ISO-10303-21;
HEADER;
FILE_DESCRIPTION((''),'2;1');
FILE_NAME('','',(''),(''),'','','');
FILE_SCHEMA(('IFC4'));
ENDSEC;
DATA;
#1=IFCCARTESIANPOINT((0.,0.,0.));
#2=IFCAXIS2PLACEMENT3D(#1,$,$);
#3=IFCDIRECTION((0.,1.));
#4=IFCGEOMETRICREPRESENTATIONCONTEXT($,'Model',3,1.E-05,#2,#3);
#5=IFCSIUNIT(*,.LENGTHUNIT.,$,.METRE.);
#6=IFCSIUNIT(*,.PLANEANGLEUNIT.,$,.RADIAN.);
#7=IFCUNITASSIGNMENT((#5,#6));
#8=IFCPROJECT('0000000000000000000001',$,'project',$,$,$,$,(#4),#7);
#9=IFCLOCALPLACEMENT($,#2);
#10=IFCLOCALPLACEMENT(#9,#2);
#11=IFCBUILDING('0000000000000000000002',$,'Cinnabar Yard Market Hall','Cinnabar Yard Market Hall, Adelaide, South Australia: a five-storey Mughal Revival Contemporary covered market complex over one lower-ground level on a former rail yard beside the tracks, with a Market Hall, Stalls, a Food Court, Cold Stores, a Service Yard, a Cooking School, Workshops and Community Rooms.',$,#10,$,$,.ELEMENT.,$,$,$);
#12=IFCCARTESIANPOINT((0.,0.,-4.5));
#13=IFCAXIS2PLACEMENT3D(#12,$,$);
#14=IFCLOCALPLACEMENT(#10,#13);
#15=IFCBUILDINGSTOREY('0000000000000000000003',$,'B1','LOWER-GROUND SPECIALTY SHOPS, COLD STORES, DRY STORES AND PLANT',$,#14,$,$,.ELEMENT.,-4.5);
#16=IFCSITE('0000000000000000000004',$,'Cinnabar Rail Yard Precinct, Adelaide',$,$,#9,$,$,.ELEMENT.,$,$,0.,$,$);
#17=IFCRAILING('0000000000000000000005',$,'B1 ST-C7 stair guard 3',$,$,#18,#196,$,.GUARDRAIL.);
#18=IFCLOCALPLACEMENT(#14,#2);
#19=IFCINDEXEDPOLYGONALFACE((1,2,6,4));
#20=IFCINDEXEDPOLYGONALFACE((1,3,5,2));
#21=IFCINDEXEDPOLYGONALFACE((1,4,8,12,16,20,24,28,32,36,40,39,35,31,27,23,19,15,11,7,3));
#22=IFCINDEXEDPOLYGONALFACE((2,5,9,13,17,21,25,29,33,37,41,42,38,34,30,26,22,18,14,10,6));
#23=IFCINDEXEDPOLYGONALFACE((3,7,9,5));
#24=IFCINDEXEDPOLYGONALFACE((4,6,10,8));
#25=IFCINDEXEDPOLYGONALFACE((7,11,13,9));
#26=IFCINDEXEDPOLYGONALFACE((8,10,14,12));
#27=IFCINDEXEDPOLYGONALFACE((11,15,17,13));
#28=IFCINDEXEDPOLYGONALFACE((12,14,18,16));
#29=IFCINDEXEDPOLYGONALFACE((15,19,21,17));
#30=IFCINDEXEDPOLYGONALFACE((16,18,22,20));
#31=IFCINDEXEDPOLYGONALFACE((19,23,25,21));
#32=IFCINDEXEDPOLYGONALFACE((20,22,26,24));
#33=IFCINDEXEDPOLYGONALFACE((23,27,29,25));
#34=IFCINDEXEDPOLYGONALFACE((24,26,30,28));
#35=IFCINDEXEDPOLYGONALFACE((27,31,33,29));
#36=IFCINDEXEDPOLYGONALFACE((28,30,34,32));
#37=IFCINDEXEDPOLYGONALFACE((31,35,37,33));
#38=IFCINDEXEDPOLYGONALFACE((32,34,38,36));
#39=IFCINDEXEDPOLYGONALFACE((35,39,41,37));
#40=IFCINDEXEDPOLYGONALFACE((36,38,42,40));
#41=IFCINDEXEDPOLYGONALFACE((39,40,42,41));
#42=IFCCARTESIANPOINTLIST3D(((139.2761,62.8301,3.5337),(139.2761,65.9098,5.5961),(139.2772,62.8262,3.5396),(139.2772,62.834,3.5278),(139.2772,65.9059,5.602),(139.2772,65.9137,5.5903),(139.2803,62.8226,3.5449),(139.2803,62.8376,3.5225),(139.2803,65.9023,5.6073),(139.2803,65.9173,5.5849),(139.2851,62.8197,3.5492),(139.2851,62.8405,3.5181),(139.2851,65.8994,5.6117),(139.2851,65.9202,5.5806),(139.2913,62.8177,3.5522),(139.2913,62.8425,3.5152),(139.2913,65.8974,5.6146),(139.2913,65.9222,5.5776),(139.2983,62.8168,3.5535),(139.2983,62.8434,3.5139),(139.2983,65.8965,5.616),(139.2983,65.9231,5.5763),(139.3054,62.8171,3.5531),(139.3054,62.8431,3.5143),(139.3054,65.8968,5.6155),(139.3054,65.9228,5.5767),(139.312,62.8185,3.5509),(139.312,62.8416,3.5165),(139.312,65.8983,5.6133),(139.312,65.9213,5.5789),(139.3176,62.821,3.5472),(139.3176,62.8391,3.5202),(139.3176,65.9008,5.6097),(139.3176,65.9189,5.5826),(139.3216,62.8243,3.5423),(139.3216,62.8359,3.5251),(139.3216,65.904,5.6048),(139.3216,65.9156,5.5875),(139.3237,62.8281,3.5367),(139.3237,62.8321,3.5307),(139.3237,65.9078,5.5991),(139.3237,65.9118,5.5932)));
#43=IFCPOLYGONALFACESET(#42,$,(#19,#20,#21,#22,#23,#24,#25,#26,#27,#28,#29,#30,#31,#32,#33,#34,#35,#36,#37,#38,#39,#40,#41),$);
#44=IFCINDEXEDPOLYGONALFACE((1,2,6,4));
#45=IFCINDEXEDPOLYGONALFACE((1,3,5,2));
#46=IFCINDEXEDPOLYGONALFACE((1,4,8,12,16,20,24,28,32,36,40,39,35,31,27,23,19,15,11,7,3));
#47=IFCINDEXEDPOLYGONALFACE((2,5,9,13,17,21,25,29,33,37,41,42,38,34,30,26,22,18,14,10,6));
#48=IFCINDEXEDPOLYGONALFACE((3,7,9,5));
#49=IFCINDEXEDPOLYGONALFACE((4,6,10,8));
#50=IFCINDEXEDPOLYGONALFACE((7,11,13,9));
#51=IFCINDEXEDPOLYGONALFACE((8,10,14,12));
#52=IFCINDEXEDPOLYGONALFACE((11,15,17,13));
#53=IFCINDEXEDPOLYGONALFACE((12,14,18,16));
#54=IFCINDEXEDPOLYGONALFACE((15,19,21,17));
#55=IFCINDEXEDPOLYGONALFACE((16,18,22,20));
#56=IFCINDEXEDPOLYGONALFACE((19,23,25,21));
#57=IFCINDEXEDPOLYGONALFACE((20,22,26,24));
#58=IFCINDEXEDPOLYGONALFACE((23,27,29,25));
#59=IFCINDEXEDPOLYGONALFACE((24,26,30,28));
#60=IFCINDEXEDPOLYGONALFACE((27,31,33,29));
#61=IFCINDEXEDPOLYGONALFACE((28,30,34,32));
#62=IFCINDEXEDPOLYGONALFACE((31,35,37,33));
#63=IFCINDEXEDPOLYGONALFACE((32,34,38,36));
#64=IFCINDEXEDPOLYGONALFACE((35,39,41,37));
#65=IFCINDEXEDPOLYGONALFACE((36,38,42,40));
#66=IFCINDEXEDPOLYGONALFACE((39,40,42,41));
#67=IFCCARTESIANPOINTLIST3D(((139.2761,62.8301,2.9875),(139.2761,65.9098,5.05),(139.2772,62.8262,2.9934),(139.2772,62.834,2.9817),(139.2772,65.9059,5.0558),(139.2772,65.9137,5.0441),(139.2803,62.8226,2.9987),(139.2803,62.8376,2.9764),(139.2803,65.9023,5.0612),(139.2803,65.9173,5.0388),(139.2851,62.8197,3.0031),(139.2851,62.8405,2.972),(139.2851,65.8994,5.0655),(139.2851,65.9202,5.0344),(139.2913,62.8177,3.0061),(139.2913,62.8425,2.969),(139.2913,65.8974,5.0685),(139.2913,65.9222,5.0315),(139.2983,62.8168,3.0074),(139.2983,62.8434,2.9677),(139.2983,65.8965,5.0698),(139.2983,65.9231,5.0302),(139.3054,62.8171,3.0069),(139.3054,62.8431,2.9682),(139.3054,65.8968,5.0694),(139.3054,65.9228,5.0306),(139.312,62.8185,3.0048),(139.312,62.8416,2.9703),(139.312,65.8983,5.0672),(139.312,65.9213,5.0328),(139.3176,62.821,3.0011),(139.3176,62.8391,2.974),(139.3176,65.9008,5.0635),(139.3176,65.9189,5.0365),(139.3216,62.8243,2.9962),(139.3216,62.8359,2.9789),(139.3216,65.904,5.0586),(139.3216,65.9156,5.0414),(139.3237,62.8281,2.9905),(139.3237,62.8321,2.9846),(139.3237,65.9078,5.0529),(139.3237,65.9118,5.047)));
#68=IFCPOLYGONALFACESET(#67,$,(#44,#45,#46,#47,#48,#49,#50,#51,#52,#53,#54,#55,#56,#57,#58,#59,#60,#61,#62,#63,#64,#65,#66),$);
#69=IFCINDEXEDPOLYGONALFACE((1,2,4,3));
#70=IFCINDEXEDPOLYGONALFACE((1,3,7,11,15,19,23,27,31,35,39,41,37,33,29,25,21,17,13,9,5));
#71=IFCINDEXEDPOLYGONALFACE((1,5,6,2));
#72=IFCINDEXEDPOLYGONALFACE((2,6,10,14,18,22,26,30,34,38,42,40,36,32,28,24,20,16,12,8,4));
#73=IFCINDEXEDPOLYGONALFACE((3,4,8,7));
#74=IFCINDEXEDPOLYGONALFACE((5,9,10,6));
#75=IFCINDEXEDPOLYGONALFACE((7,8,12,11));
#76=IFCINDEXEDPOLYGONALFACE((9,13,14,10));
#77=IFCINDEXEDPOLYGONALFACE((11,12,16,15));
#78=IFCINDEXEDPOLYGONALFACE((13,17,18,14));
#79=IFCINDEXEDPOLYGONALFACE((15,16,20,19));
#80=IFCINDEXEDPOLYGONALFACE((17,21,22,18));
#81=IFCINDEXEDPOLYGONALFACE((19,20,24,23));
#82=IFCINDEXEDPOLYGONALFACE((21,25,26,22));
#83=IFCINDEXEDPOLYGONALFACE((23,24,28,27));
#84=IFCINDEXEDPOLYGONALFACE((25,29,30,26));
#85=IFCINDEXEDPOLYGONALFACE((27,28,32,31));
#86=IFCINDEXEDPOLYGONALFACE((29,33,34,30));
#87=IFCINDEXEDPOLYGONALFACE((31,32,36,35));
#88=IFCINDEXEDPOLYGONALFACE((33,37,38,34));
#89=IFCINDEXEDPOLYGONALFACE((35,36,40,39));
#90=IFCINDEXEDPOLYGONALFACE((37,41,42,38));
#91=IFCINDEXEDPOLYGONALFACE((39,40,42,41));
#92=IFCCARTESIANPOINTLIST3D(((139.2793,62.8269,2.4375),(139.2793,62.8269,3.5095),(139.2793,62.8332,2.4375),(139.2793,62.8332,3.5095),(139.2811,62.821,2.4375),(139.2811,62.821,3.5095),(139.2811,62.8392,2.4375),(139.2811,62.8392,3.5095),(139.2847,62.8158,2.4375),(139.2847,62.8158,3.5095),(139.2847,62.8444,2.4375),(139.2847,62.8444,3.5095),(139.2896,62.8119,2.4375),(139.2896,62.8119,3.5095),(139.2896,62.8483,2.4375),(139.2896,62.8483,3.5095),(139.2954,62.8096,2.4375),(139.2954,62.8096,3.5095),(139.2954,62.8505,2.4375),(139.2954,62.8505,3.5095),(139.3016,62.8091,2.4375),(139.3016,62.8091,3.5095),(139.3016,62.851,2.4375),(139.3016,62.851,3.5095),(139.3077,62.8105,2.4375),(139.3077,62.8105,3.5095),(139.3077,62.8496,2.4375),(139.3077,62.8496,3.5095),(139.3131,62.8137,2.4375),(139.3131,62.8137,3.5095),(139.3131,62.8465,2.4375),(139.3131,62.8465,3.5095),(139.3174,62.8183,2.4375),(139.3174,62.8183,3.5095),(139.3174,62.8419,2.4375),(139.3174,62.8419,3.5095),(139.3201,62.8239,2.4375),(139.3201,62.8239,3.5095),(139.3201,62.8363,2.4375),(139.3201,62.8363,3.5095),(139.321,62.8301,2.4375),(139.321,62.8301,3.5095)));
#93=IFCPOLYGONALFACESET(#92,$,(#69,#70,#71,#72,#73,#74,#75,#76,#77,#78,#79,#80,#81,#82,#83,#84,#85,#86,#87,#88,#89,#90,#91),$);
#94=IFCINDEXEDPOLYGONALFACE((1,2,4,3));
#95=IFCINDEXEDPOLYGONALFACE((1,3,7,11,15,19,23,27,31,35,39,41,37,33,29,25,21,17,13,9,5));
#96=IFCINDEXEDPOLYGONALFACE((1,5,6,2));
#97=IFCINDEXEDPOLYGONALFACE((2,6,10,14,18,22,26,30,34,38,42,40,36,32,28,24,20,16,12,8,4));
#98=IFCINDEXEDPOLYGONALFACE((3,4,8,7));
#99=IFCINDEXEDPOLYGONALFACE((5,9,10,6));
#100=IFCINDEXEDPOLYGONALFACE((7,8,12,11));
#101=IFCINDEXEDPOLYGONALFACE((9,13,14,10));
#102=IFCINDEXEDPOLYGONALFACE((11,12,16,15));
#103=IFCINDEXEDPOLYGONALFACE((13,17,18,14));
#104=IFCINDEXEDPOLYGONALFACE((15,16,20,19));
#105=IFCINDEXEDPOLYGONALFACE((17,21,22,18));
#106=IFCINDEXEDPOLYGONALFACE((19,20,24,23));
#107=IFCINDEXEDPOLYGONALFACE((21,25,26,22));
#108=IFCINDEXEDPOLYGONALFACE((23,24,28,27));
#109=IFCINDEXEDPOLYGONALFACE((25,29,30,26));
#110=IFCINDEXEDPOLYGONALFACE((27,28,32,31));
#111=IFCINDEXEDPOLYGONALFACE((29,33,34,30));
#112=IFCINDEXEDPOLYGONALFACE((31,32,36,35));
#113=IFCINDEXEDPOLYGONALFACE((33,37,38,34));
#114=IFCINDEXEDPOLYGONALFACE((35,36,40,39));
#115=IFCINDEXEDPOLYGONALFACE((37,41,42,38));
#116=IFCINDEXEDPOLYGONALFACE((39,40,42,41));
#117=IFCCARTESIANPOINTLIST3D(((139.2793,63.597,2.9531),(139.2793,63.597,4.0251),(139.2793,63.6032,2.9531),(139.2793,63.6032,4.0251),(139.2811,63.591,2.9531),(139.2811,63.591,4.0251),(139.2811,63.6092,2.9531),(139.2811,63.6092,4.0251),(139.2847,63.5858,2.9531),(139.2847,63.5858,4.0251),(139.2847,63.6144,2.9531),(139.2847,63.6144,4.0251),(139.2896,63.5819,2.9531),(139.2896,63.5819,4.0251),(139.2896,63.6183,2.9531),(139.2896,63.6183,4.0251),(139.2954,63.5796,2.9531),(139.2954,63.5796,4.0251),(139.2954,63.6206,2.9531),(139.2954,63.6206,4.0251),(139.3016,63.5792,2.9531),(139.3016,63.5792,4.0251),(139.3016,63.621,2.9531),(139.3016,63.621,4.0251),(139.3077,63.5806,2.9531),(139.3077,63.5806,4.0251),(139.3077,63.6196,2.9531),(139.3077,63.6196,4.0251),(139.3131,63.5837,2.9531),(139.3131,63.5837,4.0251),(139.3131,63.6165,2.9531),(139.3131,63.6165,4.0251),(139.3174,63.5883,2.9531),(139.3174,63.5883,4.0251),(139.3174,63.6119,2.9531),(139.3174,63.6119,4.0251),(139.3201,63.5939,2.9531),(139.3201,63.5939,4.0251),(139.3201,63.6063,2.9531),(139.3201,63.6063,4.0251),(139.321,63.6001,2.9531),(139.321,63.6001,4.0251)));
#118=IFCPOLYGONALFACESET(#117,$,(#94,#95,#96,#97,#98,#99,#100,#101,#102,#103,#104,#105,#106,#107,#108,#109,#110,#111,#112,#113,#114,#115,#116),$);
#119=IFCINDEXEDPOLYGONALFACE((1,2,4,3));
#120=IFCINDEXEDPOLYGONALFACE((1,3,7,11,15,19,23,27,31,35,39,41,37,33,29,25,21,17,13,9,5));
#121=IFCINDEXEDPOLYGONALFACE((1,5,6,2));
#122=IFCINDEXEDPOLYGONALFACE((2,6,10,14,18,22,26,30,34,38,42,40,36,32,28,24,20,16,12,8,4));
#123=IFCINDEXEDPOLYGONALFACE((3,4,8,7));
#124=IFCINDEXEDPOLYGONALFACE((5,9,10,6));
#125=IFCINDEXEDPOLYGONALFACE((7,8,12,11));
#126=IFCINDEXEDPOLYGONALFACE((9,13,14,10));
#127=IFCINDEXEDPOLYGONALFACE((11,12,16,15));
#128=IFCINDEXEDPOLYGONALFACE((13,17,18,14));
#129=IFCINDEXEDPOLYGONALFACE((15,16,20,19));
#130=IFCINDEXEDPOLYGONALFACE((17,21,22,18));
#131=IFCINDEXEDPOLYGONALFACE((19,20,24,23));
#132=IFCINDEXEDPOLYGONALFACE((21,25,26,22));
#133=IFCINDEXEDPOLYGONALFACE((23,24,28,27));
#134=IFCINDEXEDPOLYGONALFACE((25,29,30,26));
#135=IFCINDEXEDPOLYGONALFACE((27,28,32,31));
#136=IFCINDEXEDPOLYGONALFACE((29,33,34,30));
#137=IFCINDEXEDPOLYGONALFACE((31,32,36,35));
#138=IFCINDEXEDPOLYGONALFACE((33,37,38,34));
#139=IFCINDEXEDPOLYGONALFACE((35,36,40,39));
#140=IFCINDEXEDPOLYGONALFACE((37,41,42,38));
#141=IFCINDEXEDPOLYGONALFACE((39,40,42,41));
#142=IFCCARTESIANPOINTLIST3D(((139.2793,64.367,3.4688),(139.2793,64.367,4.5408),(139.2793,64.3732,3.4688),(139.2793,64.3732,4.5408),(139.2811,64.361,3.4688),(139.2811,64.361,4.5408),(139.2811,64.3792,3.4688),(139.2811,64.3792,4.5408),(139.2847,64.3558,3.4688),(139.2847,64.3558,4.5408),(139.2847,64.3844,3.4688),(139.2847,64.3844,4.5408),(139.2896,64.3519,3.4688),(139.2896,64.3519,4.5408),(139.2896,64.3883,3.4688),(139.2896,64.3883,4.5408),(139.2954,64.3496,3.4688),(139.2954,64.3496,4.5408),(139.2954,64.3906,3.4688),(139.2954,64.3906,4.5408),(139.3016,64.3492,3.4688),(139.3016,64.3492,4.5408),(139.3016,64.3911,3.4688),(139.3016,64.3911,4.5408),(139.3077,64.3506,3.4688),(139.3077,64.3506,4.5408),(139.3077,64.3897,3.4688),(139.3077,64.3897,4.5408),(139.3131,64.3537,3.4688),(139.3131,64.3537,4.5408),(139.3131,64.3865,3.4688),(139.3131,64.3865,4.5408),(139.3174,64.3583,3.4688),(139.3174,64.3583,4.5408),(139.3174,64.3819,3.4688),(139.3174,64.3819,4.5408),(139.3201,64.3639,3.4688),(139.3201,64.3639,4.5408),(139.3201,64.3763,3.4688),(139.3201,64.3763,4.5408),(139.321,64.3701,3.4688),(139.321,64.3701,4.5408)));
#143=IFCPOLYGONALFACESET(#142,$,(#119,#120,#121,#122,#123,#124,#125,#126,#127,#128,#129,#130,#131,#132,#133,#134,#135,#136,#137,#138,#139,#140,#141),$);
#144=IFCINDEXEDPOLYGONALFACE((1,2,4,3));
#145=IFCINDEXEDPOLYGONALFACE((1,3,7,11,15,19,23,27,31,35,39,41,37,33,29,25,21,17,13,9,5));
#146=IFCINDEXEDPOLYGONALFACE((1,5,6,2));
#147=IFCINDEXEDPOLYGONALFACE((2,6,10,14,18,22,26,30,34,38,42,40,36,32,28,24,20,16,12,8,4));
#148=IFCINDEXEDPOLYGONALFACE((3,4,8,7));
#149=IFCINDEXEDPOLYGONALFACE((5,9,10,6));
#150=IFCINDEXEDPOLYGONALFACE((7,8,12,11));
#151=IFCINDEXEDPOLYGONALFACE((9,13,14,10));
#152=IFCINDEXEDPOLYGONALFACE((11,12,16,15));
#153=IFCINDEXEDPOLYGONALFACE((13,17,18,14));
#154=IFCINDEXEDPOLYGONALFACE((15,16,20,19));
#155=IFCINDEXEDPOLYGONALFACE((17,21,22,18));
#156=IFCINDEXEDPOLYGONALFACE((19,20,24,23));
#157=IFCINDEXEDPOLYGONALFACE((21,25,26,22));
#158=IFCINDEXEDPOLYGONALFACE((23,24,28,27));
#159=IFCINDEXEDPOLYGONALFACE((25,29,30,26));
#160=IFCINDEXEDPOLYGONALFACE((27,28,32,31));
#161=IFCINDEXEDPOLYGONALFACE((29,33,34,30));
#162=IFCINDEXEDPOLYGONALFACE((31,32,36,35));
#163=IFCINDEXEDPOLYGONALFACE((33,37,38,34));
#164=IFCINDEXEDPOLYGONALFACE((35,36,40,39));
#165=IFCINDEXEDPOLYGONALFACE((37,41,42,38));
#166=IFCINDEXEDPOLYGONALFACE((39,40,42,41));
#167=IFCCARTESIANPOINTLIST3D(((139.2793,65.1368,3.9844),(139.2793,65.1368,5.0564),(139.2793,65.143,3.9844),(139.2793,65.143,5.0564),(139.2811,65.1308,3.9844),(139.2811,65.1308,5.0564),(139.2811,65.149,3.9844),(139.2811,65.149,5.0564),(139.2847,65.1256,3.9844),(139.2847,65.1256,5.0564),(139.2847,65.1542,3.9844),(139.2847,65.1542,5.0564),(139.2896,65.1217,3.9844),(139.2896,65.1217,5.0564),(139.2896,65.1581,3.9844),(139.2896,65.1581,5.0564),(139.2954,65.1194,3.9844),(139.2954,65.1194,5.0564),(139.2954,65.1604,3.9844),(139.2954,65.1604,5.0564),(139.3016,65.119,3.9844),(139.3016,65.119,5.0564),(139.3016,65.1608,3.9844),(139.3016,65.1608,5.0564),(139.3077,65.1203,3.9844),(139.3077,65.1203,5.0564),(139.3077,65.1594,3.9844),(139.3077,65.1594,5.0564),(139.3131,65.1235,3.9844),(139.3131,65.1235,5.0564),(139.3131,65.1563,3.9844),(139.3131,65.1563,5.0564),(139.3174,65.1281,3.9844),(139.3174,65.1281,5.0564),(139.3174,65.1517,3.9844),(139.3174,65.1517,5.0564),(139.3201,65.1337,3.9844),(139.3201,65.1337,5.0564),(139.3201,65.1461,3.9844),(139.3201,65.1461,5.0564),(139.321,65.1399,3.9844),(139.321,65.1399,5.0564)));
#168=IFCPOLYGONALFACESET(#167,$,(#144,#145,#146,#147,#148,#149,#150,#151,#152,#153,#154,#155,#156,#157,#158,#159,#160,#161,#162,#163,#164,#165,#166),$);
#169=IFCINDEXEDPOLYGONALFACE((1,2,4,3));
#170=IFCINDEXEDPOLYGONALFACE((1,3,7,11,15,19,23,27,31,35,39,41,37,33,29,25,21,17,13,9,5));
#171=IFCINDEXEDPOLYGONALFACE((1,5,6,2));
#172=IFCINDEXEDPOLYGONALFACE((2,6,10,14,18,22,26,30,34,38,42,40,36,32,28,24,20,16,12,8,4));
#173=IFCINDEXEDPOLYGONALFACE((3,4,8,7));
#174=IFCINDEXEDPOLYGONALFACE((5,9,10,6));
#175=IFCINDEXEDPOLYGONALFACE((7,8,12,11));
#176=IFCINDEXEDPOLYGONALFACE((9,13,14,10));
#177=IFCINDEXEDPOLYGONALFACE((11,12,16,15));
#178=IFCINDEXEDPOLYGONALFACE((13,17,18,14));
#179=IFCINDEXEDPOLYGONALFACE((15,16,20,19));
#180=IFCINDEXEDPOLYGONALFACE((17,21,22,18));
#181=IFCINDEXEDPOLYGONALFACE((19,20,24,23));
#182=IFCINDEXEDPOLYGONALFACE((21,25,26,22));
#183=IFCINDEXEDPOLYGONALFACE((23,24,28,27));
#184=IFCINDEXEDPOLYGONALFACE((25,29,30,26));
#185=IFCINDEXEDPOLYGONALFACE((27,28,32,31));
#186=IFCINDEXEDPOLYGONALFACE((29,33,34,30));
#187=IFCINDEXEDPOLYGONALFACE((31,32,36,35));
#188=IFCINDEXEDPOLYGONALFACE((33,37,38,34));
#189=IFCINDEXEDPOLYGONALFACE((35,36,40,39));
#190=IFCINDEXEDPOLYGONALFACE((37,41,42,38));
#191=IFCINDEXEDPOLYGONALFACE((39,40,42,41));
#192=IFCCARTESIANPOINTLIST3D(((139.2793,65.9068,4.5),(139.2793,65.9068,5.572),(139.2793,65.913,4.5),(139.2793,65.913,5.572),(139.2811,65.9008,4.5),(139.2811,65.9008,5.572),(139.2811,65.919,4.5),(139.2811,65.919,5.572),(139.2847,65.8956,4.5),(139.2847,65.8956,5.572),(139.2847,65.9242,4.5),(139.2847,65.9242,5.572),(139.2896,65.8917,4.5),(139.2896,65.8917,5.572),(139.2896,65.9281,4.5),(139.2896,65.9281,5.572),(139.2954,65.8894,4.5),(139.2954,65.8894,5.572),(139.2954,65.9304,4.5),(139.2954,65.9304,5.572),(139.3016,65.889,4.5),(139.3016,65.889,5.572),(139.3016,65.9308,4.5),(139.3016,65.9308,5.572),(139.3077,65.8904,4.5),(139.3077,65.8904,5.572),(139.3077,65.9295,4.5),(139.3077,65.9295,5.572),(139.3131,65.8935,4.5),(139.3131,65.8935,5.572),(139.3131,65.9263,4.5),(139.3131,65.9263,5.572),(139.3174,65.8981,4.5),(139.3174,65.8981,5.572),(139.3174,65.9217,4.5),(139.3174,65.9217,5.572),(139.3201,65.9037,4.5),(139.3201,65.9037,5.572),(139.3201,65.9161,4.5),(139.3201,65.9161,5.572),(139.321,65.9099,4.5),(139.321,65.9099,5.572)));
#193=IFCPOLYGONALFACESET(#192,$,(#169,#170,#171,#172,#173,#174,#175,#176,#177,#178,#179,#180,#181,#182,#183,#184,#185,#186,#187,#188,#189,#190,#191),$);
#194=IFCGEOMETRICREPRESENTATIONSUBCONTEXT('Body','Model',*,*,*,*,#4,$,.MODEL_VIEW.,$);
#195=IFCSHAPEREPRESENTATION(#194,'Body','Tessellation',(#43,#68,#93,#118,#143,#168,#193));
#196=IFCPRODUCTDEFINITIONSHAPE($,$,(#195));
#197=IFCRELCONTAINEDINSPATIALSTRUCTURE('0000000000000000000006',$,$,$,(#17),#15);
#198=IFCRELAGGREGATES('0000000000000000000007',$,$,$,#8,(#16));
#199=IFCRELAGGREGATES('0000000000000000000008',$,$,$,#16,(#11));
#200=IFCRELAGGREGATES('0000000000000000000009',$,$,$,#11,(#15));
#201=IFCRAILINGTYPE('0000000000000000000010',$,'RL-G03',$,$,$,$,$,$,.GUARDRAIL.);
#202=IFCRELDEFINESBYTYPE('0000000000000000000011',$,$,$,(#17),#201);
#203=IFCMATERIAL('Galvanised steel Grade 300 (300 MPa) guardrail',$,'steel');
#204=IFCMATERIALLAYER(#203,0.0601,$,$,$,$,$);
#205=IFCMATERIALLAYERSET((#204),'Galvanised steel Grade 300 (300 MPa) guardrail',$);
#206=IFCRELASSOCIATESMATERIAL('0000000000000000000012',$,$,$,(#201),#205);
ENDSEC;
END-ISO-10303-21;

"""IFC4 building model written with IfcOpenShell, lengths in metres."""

from ifc_helpers import new_model, si_unit, direction, frame, origin, origin_2d_with_axis, place, context, subcontext, project, spatial, circle, extrude, material, layer, layer_set, type_object, element, save


model = new_model("IFC4")

# Units and contexts
model_context = context("Model", 3, precision=1e-05, world=origin(), true_north=direction((0.0, 1.0)))
body_context = subcontext(model_context, "Body", "Model", "MODEL_VIEW")
ifc_project = project(units=[si_unit("LENGTHUNIT", "METRE"), si_unit("PLANEANGLEUNIT", "RADIAN")], contexts=[model_context])

# Site, building, storey
site_placement = place(None, origin())
site = spatial("IfcSite", under=ifc_project, at=site_placement, Name="Cinnabar Rail Yard Precinct, Adelaide", CompositionType="ELEMENT", RefElevation=0.0)
building_placement = place(site_placement, origin())
building = spatial("IfcBuilding", under=site, at=building_placement, Name="Cinnabar Yard Market Hall", Description="Cinnabar Yard Market Hall, Adelaide, South Australia: a five-storey Mughal Revival Contemporary covered market complex over one lower-ground level on a former rail yard beside the tracks, with a Market Hall, Stalls, a Food Court, Cold Stores, a Service Yard, a Cooking School, Workshops and Community Rooms.", CompositionType="ELEMENT")
storey_placement = place(building_placement, frame((0.0, 0.0, -4.5)))
storey = spatial("IfcBuildingStorey", under=building, at=storey_placement, Name="B1", Description="LOWER-GROUND SPECIALTY SHOPS, COLD STORES, DRY STORES AND PLANT", CompositionType="ELEMENT", Elevation=-4.5)

# Railing
ifc_material_1 = material(Name="Galvanised steel Grade 300 (300 MPa) guardrail", Category="steel")
ifc_layer_1 = layer(ifc_material_1, 0.0601)
ifc_layer_set_1 = layer_set([ifc_layer_1], Name="Galvanised steel Grade 300 (300 MPa) guardrail")
railing_type_1 = type_object("IfcRailingType", Name="RL-G03", PredefinedType="GUARDRAIL", material=ifc_layer_set_1)
railing_1_placement = place(storey_placement, frame((139.3, 62.8301, 2.4375)))
element("IfcRailing", 1, at=railing_1_placement, inside=storey, type_object=railing_type_1, Name="B1 ST-C7 stair guard 3", PredefinedType="GUARDRAIL", context=body_context, shape_type="SweptSolid", body=[
    extrude(circle(Radius=0.0239, at=origin_2d_with_axis()), frame((0.0, 0.0, 1.0962), z_axis=(0.0, 0.830893, 0.556432), x_axis=(-1.0, 0.0, 0.0)), (0.0, 0.0, 1.0), 3.7065),
    extrude(circle(Radius=0.0239, at=origin_2d_with_axis()), frame((0.0, 0.0, 0.55), z_axis=(0.0, 0.830893, 0.556432), x_axis=(-1.0, 0.0, 0.0)), (0.0, 0.0, 1.0), 3.7065),
    extrude(circle(Radius=0.021, at=origin_2d_with_axis()), origin(), (0.0, 0.0, 1.0), 1.072),
    extrude(circle(Radius=0.021, at=origin_2d_with_axis()), frame((0.0, 0.77, 0.5156)), (0.0, 0.0, 1.0), 1.072),
    extrude(circle(Radius=0.021, at=origin_2d_with_axis()), frame((0.0, 1.54, 1.0312)), (0.0, 0.0, 1.0), 1.072),
    extrude(circle(Radius=0.021, at=origin_2d_with_axis()), frame((0.0, 2.3098, 1.5469)), (0.0, 0.0, 1.0), 1.072),
    extrude(circle(Radius=0.021, at=origin_2d_with_axis()), frame((0.0, 3.0798, 2.0625)), (0.0, 0.0, 1.0), 1.072),
])

save(model, "model.ifc")
